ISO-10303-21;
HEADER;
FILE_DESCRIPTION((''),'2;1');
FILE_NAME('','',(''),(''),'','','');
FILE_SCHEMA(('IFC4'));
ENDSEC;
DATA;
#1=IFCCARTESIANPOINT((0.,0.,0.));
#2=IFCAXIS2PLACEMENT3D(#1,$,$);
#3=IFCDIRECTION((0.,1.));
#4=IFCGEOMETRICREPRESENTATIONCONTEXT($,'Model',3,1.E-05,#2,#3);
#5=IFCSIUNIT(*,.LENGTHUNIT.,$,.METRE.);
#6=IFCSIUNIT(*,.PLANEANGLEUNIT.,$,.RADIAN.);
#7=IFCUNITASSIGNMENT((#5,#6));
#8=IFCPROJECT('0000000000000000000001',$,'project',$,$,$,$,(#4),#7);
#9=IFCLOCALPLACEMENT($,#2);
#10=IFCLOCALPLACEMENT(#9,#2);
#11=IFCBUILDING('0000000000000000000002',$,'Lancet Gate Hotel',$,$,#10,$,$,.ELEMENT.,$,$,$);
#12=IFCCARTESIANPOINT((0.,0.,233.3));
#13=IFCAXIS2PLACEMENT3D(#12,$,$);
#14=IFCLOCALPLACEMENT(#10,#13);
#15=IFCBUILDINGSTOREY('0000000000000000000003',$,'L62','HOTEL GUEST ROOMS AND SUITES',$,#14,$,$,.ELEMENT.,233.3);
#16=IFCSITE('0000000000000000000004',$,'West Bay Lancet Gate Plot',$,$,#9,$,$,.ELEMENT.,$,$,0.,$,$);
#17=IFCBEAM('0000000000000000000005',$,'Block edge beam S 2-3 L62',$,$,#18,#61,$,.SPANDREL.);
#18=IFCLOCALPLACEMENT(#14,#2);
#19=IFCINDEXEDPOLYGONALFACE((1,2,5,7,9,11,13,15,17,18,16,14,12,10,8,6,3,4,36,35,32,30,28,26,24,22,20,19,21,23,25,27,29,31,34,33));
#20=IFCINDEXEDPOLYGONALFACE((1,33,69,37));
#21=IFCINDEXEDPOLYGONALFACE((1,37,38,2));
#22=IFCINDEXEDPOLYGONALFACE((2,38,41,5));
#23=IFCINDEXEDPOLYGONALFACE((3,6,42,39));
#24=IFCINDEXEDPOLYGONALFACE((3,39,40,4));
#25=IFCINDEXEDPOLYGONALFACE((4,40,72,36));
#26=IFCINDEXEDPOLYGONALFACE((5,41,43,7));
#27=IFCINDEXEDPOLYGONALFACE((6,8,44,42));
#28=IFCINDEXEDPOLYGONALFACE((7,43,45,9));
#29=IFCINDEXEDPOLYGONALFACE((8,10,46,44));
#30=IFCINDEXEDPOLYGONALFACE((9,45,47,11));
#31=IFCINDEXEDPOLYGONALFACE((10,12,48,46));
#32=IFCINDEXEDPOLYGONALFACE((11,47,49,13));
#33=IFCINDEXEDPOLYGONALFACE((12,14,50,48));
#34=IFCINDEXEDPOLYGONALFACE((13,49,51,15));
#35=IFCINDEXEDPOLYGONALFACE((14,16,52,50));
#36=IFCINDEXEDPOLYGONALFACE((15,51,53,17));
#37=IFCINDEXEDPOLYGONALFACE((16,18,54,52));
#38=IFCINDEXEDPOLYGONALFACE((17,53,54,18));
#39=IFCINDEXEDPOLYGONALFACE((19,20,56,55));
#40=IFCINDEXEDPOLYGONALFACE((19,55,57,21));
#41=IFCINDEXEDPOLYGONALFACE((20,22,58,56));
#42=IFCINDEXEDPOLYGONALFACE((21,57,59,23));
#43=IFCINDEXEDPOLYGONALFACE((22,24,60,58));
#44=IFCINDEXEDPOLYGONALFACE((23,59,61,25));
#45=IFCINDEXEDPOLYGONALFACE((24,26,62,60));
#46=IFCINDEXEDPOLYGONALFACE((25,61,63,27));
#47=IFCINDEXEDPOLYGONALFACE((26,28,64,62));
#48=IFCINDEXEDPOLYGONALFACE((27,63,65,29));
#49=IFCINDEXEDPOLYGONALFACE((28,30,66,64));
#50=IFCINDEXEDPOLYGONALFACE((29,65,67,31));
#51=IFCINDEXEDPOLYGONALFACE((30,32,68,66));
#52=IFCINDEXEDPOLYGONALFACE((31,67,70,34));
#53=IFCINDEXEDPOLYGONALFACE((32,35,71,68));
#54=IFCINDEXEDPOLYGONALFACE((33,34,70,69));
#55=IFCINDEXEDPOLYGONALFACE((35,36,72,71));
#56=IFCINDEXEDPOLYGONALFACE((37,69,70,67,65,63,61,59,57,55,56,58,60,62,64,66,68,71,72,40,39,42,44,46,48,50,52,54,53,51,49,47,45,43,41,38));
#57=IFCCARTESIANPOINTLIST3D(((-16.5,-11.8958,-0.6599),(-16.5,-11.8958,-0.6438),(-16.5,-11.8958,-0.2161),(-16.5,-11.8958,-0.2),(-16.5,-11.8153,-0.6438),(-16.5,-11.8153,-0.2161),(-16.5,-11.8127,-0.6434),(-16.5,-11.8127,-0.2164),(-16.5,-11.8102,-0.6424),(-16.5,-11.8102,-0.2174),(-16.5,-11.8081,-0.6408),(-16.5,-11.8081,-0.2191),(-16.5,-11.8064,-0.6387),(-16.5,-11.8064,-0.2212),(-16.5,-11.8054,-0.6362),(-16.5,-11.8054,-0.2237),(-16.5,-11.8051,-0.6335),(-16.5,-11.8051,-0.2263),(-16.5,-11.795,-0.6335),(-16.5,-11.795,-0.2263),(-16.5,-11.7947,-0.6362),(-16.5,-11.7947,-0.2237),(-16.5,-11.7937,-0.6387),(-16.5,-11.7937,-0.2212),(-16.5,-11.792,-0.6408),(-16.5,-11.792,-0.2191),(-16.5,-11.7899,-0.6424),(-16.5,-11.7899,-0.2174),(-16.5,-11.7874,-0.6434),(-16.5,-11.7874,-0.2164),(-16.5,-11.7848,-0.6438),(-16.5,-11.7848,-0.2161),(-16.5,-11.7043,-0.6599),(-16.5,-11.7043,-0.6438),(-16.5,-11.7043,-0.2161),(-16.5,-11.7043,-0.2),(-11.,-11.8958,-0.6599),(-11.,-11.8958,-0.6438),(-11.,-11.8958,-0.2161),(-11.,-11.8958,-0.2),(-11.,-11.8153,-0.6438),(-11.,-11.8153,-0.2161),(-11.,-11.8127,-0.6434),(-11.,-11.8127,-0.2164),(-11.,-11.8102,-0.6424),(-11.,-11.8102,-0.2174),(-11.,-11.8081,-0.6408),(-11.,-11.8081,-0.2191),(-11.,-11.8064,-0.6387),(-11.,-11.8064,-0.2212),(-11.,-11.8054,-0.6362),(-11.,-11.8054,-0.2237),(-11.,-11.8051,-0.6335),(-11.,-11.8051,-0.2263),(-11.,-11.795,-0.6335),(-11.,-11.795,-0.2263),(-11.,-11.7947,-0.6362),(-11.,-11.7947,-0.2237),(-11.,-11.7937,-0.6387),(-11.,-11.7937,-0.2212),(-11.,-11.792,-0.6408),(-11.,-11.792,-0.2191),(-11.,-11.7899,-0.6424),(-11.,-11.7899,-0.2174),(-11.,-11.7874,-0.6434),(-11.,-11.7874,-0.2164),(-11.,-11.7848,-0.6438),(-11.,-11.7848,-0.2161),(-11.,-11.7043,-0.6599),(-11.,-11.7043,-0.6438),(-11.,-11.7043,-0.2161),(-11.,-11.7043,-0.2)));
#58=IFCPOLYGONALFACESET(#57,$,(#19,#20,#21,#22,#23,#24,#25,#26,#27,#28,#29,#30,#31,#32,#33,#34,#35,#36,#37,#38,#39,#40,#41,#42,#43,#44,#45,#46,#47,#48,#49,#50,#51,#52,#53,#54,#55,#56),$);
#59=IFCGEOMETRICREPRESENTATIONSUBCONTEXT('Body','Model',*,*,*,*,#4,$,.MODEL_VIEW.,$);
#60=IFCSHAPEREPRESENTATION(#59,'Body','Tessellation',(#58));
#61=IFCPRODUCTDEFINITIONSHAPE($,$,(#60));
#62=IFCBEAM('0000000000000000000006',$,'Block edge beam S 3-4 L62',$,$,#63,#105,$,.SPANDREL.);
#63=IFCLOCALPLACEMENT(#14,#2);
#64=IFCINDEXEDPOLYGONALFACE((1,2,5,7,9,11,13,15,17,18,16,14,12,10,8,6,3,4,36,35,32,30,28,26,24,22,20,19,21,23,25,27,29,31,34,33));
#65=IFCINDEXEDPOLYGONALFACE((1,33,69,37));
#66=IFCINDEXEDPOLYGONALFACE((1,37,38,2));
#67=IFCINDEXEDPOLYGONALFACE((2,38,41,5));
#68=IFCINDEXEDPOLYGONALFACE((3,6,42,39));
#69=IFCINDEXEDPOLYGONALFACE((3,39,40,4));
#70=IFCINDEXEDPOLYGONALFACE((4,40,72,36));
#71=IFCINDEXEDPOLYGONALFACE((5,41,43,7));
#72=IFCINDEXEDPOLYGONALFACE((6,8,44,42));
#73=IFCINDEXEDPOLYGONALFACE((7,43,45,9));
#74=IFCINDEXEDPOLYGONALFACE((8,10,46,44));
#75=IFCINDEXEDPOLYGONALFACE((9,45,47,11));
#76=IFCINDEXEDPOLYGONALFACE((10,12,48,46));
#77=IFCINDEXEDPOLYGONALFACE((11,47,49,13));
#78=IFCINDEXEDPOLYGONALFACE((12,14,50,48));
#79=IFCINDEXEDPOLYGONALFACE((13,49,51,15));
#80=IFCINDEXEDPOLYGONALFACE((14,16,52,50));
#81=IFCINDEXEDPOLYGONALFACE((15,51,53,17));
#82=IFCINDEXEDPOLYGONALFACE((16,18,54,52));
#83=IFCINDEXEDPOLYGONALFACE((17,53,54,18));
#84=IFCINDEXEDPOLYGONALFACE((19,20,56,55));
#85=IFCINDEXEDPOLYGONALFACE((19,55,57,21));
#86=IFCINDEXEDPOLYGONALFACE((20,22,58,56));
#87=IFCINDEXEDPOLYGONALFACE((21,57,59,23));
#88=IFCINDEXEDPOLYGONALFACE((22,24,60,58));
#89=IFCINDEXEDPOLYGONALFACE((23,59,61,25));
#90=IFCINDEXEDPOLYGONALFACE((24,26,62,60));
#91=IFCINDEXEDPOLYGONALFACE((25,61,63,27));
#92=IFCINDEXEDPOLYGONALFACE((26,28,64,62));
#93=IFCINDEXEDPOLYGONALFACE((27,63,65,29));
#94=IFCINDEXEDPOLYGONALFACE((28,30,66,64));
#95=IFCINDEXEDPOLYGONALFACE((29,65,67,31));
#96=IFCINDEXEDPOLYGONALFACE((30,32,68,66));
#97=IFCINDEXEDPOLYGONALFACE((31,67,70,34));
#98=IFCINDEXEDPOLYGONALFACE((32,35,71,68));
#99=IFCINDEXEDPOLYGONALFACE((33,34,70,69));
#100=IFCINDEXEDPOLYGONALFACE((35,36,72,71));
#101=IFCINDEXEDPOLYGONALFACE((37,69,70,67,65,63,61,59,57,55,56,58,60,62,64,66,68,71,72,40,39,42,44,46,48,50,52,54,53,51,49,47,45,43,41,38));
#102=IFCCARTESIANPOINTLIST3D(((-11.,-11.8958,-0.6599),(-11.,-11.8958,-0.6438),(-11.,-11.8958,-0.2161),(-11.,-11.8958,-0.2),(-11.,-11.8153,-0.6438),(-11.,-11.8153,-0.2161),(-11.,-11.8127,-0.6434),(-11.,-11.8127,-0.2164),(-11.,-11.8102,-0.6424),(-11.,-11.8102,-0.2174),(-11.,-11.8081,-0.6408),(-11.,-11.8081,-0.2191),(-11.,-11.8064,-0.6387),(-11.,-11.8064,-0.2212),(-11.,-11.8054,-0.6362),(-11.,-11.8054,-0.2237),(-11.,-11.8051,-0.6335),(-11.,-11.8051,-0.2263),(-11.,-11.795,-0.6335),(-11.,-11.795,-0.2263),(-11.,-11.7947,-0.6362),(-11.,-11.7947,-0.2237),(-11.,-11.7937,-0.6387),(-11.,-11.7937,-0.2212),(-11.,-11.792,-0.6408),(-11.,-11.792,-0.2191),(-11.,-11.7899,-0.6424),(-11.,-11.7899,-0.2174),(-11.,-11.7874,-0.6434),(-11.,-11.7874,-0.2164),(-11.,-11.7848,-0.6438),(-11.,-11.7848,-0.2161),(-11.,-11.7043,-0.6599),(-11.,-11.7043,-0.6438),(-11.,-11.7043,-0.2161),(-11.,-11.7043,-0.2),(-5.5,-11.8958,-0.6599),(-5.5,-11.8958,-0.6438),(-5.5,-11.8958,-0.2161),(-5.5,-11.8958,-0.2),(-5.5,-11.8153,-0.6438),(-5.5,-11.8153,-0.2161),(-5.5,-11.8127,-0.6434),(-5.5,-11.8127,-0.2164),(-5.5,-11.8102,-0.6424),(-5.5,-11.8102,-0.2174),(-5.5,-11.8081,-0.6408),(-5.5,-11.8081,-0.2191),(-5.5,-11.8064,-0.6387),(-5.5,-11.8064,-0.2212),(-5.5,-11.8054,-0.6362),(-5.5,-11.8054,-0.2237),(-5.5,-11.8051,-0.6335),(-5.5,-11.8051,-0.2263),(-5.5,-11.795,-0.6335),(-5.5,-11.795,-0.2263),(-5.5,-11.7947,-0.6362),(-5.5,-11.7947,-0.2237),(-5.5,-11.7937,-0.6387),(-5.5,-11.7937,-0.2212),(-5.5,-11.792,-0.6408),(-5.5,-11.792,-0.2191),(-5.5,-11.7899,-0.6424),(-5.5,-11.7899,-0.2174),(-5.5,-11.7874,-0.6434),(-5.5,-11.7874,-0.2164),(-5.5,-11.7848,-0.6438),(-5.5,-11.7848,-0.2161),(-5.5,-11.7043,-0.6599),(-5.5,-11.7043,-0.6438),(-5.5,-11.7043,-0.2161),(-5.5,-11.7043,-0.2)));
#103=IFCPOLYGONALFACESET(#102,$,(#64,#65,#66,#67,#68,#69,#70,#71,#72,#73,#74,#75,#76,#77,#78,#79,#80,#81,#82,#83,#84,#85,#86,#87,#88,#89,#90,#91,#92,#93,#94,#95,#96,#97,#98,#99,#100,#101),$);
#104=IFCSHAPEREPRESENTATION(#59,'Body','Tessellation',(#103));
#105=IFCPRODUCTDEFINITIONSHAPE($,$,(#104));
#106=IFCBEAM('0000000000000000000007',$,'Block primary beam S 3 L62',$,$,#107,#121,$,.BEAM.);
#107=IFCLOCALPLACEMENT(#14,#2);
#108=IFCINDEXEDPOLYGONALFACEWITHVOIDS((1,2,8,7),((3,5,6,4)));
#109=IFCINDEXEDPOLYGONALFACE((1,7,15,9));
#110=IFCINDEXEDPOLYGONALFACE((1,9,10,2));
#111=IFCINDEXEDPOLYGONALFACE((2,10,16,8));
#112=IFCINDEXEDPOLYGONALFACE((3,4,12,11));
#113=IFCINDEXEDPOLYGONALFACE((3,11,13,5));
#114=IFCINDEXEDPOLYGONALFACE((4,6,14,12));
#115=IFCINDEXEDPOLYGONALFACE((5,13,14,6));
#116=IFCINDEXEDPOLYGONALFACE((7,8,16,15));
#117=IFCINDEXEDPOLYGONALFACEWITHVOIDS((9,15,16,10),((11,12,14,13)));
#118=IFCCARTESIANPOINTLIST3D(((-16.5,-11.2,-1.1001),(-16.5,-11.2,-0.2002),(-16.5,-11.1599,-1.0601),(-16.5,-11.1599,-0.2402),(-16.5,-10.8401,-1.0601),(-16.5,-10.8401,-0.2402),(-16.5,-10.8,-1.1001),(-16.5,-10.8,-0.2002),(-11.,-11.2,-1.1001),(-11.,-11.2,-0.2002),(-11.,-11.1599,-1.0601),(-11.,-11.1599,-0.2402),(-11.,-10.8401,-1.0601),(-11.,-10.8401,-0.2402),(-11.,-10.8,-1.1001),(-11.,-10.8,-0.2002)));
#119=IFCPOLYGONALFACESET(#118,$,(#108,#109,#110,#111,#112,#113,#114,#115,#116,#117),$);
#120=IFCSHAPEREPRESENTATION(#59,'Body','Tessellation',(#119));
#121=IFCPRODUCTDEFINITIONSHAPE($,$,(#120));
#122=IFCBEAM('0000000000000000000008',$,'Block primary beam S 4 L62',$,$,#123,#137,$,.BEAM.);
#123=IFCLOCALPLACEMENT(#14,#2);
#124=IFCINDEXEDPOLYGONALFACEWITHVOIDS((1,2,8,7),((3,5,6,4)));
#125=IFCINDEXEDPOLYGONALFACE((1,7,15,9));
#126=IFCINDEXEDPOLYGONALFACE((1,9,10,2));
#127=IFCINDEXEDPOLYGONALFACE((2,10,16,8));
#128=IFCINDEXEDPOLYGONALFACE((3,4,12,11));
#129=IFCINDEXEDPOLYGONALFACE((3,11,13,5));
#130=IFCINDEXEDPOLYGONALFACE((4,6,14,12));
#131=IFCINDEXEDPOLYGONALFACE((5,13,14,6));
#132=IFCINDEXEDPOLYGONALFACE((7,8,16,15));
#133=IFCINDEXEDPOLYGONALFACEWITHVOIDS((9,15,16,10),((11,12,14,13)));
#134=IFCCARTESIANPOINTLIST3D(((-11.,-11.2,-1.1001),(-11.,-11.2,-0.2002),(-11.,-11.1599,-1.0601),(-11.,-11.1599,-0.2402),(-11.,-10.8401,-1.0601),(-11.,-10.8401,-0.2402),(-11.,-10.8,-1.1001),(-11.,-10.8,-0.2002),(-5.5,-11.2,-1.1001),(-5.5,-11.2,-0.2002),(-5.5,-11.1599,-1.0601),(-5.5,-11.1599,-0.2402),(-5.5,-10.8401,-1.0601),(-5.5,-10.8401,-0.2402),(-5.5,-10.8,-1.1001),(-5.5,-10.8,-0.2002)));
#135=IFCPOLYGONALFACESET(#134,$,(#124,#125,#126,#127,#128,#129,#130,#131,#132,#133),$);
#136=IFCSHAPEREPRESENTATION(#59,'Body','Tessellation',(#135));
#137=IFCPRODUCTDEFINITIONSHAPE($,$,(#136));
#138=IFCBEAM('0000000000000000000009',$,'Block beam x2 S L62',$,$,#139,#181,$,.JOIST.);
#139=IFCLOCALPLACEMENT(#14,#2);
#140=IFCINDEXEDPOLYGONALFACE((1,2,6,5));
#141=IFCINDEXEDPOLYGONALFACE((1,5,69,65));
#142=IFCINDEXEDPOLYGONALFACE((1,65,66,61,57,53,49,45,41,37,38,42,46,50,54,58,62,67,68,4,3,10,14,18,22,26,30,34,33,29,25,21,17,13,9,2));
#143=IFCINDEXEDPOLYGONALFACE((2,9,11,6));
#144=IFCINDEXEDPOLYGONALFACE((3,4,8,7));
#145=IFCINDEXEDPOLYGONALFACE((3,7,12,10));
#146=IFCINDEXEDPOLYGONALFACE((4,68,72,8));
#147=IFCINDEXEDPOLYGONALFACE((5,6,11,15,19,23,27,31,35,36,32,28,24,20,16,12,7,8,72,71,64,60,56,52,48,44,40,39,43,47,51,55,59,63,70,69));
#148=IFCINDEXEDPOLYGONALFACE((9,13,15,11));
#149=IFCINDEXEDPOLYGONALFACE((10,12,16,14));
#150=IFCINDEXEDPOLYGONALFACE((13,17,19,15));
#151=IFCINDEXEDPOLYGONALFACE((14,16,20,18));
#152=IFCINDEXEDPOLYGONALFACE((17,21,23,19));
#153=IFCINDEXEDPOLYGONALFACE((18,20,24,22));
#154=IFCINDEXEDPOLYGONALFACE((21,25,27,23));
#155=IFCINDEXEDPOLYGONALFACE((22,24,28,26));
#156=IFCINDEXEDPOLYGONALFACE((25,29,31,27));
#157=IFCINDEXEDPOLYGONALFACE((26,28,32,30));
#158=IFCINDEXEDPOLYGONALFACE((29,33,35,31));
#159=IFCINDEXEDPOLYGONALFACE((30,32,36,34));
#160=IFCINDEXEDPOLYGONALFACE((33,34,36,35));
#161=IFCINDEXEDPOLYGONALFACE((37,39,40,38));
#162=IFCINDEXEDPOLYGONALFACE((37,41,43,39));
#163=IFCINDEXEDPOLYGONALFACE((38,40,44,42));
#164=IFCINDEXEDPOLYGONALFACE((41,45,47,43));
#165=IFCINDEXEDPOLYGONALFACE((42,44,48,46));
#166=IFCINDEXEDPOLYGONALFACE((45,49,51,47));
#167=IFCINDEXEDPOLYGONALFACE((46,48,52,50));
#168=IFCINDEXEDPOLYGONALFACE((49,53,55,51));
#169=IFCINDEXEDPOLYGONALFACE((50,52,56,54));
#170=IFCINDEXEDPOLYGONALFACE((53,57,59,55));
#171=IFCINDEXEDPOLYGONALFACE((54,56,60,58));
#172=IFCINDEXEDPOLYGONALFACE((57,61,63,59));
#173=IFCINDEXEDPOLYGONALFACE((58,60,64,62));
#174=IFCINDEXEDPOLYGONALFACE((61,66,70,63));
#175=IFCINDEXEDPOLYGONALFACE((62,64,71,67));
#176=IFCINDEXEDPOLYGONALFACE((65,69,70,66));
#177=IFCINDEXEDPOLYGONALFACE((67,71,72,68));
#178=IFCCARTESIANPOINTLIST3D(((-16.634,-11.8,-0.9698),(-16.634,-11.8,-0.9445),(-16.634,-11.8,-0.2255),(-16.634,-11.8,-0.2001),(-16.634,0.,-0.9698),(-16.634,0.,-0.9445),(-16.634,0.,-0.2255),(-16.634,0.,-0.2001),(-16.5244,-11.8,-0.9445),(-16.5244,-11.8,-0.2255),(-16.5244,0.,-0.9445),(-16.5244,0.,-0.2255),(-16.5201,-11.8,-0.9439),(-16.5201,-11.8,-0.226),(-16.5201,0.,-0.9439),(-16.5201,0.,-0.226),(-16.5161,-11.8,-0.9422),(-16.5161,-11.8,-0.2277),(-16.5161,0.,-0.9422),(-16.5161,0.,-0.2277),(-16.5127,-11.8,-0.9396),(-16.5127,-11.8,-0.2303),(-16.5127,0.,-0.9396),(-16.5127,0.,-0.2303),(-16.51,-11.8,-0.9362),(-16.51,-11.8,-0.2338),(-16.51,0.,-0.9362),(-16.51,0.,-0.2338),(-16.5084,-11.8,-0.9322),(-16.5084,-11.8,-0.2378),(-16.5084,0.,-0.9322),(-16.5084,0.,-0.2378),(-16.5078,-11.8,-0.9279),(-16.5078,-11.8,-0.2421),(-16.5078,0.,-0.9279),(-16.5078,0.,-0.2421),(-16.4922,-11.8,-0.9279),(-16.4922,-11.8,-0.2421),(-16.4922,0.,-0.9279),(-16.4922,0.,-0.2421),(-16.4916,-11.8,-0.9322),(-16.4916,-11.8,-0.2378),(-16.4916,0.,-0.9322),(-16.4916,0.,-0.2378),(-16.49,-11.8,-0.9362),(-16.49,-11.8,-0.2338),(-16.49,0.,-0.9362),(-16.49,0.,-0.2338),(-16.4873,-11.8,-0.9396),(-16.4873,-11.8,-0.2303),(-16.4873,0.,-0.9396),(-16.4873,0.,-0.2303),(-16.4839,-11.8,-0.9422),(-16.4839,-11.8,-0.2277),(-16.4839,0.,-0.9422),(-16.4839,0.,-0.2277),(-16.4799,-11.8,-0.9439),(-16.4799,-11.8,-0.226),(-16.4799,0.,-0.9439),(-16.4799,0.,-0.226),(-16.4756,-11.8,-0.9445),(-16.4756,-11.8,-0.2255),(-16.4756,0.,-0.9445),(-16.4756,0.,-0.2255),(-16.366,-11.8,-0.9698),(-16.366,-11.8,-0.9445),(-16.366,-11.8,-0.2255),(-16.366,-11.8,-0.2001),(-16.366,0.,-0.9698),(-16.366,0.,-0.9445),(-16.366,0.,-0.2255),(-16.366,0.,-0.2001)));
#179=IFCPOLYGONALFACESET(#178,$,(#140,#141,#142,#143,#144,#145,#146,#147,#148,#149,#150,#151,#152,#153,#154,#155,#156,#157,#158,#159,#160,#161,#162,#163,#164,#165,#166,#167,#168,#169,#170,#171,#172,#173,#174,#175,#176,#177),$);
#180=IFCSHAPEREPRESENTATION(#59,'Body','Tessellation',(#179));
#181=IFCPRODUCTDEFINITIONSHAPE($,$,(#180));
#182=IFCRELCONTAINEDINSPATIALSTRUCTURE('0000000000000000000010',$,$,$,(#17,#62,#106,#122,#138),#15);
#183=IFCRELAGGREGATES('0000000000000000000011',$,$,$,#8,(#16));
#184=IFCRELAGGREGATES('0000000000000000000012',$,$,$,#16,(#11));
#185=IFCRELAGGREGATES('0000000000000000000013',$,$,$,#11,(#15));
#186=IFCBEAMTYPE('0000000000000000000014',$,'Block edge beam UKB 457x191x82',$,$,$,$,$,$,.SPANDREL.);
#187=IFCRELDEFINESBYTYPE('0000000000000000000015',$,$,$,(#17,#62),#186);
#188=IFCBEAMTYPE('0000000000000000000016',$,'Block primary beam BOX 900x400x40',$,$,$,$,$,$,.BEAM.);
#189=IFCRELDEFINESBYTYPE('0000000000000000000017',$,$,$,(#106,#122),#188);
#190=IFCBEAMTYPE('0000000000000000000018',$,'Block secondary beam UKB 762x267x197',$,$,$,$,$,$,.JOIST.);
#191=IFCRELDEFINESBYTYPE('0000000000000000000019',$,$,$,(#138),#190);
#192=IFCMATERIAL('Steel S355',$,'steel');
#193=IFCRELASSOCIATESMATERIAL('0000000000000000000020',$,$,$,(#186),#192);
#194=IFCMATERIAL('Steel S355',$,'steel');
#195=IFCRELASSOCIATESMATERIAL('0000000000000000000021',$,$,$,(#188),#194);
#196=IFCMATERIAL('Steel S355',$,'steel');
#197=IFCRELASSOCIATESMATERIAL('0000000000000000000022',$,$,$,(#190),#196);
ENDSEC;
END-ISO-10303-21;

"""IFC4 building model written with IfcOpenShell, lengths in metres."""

from ifc_helpers import new_model, si_unit, direction, frame, origin, origin_2d, place, context, subcontext, project, spatial, hollow_rectangle, i_section, extrude, material, material_profile, profile_set, type_object, element, save


model = new_model("IFC4")

# Units and contexts
model_context = context("Model", 3, precision=1e-05, world=origin(), true_north=direction((0.0, 1.0)))
body_context = subcontext(model_context, "Body", "Model", "MODEL_VIEW")
ifc_project = project(units=[si_unit("LENGTHUNIT", "METRE"), si_unit("PLANEANGLEUNIT", "RADIAN")], contexts=[model_context])

# Site, building, storey
site_placement = place(None, origin())
site = spatial("IfcSite", under=ifc_project, at=site_placement, Name="West Bay Lancet Gate Plot", CompositionType="ELEMENT", RefElevation=0.0)
building_placement = place(site_placement, origin())
building = spatial("IfcBuilding", under=site, at=building_placement, Name="Lancet Gate Hotel", CompositionType="ELEMENT")
storey_placement = place(building_placement, frame((0.0, 0.0, 233.3)))
storey = spatial("IfcBuildingStorey", under=building, at=storey_placement, Name="L62", Description="HOTEL GUEST ROOMS AND SUITES", CompositionType="ELEMENT", Elevation=233.3)

# Beams
ifc_material_1 = material(Name="Steel S355", Category="steel")
ifc_material_profile_1 = material_profile(ifc_material_1, i_section(OverallWidth=0.1914, OverallDepth=0.46, WebThickness=0.01, FlangeThickness=0.0161, FilletRadius=0.0103, at=origin_2d()), Name="UKB 457x191x82")
ifc_profile_set_1 = profile_set([ifc_material_profile_1], Name="Steel S355")
beam_type_1 = type_object("IfcBeamType", Name="Block edge beam UKB 457x191x82", PredefinedType="SPANDREL", material=ifc_profile_set_1)
for number, where, z_axis, x_axis, name in (
    (1, (-16.5, -11.8, -0.4299), (1.0, 0.0, 0.0), (0.0, 1.0, 0.0), "Block edge beam S 2-3 L62"),
    (2, (-11.0, -11.8, -0.4299), (1.0, 0.0, 0.0), (0.0, 1.0, 0.0), "Block edge beam S 3-4 L62"),
):
    element("IfcBeam", number, at=place(storey_placement, frame(where, z_axis=z_axis, x_axis=x_axis)), inside=storey, type_object=beam_type_1, Name=name, PredefinedType="SPANDREL", context=body_context, shape_type="SweptSolid", body=[
        extrude(i_section(OverallWidth=0.1914, OverallDepth=0.46, WebThickness=0.01, FlangeThickness=0.0161, FilletRadius=0.0103, at=origin_2d()), origin(), (0.0, 0.0, 1.0), 5.5),
    ])
ifc_material_2 = material(Name="Steel S355", Category="steel")
ifc_material_profile_2 = material_profile(ifc_material_2, hollow_rectangle(XDim=0.3999, YDim=0.8999, WallThickness=0.04, at=origin_2d()), Name="BOX 900x400x40")
ifc_profile_set_2 = profile_set([ifc_material_profile_2], Name="Steel S355")
beam_type_2 = type_object("IfcBeamType", Name="Block primary beam BOX 900x400x40", PredefinedType="BEAM", material=ifc_profile_set_2)
for number, where, z_axis, x_axis, name in (
    (3, (-16.5, -11.0, -0.6501), (1.0, 0.0, 0.0), (0.0, 1.0, 0.0), "Block primary beam S 3 L62"),
    (4, (-11.0, -11.0, -0.6501), (1.0, 0.0, 0.0), (0.0, 1.0, 0.0), "Block primary beam S 4 L62"),
):
    element("IfcBeam", number, at=place(storey_placement, frame(where, z_axis=z_axis, x_axis=x_axis)), inside=storey, type_object=beam_type_2, Name=name, PredefinedType="BEAM", context=body_context, shape_type="SweptSolid", body=[
        extrude(hollow_rectangle(XDim=0.3999, YDim=0.8999, WallThickness=0.04, at=origin_2d()), origin(), (0.0, 0.0, 1.0), 5.5),
    ])
ifc_material_3 = material(Name="Steel S355", Category="steel")
ifc_material_profile_3 = material_profile(ifc_material_3, i_section(OverallWidth=0.2681, OverallDepth=0.7698, WebThickness=0.0156, FlangeThickness=0.0254, FilletRadius=0.0166, at=origin_2d()), Name="UKB 762x267x197")
ifc_profile_set_3 = profile_set([ifc_material_profile_3], Name="Steel S355")
beam_type_3 = type_object("IfcBeamType", Name="Block secondary beam UKB 762x267x197", PredefinedType="JOIST", material=ifc_profile_set_3)
for number, where, z_axis, x_axis, name in (
    (5, (-16.5, -11.8, -0.585), (0.0, 1.0, 0.0), (-1.0, 0.0, 0.0), "Block beam x2 S L62"),
):
    element("IfcBeam", number, at=place(storey_placement, frame(where, z_axis=z_axis, x_axis=x_axis)), inside=storey, type_object=beam_type_3, Name=name, PredefinedType="JOIST", context=body_context, shape_type="SweptSolid", body=[
        extrude(i_section(OverallWidth=0.2681, OverallDepth=0.7698, WebThickness=0.0156, FlangeThickness=0.0254, FilletRadius=0.0166, at=origin_2d()), origin(), (0.0, 0.0, 1.0), 11.8),
    ])

save(model, "model.ifc")
